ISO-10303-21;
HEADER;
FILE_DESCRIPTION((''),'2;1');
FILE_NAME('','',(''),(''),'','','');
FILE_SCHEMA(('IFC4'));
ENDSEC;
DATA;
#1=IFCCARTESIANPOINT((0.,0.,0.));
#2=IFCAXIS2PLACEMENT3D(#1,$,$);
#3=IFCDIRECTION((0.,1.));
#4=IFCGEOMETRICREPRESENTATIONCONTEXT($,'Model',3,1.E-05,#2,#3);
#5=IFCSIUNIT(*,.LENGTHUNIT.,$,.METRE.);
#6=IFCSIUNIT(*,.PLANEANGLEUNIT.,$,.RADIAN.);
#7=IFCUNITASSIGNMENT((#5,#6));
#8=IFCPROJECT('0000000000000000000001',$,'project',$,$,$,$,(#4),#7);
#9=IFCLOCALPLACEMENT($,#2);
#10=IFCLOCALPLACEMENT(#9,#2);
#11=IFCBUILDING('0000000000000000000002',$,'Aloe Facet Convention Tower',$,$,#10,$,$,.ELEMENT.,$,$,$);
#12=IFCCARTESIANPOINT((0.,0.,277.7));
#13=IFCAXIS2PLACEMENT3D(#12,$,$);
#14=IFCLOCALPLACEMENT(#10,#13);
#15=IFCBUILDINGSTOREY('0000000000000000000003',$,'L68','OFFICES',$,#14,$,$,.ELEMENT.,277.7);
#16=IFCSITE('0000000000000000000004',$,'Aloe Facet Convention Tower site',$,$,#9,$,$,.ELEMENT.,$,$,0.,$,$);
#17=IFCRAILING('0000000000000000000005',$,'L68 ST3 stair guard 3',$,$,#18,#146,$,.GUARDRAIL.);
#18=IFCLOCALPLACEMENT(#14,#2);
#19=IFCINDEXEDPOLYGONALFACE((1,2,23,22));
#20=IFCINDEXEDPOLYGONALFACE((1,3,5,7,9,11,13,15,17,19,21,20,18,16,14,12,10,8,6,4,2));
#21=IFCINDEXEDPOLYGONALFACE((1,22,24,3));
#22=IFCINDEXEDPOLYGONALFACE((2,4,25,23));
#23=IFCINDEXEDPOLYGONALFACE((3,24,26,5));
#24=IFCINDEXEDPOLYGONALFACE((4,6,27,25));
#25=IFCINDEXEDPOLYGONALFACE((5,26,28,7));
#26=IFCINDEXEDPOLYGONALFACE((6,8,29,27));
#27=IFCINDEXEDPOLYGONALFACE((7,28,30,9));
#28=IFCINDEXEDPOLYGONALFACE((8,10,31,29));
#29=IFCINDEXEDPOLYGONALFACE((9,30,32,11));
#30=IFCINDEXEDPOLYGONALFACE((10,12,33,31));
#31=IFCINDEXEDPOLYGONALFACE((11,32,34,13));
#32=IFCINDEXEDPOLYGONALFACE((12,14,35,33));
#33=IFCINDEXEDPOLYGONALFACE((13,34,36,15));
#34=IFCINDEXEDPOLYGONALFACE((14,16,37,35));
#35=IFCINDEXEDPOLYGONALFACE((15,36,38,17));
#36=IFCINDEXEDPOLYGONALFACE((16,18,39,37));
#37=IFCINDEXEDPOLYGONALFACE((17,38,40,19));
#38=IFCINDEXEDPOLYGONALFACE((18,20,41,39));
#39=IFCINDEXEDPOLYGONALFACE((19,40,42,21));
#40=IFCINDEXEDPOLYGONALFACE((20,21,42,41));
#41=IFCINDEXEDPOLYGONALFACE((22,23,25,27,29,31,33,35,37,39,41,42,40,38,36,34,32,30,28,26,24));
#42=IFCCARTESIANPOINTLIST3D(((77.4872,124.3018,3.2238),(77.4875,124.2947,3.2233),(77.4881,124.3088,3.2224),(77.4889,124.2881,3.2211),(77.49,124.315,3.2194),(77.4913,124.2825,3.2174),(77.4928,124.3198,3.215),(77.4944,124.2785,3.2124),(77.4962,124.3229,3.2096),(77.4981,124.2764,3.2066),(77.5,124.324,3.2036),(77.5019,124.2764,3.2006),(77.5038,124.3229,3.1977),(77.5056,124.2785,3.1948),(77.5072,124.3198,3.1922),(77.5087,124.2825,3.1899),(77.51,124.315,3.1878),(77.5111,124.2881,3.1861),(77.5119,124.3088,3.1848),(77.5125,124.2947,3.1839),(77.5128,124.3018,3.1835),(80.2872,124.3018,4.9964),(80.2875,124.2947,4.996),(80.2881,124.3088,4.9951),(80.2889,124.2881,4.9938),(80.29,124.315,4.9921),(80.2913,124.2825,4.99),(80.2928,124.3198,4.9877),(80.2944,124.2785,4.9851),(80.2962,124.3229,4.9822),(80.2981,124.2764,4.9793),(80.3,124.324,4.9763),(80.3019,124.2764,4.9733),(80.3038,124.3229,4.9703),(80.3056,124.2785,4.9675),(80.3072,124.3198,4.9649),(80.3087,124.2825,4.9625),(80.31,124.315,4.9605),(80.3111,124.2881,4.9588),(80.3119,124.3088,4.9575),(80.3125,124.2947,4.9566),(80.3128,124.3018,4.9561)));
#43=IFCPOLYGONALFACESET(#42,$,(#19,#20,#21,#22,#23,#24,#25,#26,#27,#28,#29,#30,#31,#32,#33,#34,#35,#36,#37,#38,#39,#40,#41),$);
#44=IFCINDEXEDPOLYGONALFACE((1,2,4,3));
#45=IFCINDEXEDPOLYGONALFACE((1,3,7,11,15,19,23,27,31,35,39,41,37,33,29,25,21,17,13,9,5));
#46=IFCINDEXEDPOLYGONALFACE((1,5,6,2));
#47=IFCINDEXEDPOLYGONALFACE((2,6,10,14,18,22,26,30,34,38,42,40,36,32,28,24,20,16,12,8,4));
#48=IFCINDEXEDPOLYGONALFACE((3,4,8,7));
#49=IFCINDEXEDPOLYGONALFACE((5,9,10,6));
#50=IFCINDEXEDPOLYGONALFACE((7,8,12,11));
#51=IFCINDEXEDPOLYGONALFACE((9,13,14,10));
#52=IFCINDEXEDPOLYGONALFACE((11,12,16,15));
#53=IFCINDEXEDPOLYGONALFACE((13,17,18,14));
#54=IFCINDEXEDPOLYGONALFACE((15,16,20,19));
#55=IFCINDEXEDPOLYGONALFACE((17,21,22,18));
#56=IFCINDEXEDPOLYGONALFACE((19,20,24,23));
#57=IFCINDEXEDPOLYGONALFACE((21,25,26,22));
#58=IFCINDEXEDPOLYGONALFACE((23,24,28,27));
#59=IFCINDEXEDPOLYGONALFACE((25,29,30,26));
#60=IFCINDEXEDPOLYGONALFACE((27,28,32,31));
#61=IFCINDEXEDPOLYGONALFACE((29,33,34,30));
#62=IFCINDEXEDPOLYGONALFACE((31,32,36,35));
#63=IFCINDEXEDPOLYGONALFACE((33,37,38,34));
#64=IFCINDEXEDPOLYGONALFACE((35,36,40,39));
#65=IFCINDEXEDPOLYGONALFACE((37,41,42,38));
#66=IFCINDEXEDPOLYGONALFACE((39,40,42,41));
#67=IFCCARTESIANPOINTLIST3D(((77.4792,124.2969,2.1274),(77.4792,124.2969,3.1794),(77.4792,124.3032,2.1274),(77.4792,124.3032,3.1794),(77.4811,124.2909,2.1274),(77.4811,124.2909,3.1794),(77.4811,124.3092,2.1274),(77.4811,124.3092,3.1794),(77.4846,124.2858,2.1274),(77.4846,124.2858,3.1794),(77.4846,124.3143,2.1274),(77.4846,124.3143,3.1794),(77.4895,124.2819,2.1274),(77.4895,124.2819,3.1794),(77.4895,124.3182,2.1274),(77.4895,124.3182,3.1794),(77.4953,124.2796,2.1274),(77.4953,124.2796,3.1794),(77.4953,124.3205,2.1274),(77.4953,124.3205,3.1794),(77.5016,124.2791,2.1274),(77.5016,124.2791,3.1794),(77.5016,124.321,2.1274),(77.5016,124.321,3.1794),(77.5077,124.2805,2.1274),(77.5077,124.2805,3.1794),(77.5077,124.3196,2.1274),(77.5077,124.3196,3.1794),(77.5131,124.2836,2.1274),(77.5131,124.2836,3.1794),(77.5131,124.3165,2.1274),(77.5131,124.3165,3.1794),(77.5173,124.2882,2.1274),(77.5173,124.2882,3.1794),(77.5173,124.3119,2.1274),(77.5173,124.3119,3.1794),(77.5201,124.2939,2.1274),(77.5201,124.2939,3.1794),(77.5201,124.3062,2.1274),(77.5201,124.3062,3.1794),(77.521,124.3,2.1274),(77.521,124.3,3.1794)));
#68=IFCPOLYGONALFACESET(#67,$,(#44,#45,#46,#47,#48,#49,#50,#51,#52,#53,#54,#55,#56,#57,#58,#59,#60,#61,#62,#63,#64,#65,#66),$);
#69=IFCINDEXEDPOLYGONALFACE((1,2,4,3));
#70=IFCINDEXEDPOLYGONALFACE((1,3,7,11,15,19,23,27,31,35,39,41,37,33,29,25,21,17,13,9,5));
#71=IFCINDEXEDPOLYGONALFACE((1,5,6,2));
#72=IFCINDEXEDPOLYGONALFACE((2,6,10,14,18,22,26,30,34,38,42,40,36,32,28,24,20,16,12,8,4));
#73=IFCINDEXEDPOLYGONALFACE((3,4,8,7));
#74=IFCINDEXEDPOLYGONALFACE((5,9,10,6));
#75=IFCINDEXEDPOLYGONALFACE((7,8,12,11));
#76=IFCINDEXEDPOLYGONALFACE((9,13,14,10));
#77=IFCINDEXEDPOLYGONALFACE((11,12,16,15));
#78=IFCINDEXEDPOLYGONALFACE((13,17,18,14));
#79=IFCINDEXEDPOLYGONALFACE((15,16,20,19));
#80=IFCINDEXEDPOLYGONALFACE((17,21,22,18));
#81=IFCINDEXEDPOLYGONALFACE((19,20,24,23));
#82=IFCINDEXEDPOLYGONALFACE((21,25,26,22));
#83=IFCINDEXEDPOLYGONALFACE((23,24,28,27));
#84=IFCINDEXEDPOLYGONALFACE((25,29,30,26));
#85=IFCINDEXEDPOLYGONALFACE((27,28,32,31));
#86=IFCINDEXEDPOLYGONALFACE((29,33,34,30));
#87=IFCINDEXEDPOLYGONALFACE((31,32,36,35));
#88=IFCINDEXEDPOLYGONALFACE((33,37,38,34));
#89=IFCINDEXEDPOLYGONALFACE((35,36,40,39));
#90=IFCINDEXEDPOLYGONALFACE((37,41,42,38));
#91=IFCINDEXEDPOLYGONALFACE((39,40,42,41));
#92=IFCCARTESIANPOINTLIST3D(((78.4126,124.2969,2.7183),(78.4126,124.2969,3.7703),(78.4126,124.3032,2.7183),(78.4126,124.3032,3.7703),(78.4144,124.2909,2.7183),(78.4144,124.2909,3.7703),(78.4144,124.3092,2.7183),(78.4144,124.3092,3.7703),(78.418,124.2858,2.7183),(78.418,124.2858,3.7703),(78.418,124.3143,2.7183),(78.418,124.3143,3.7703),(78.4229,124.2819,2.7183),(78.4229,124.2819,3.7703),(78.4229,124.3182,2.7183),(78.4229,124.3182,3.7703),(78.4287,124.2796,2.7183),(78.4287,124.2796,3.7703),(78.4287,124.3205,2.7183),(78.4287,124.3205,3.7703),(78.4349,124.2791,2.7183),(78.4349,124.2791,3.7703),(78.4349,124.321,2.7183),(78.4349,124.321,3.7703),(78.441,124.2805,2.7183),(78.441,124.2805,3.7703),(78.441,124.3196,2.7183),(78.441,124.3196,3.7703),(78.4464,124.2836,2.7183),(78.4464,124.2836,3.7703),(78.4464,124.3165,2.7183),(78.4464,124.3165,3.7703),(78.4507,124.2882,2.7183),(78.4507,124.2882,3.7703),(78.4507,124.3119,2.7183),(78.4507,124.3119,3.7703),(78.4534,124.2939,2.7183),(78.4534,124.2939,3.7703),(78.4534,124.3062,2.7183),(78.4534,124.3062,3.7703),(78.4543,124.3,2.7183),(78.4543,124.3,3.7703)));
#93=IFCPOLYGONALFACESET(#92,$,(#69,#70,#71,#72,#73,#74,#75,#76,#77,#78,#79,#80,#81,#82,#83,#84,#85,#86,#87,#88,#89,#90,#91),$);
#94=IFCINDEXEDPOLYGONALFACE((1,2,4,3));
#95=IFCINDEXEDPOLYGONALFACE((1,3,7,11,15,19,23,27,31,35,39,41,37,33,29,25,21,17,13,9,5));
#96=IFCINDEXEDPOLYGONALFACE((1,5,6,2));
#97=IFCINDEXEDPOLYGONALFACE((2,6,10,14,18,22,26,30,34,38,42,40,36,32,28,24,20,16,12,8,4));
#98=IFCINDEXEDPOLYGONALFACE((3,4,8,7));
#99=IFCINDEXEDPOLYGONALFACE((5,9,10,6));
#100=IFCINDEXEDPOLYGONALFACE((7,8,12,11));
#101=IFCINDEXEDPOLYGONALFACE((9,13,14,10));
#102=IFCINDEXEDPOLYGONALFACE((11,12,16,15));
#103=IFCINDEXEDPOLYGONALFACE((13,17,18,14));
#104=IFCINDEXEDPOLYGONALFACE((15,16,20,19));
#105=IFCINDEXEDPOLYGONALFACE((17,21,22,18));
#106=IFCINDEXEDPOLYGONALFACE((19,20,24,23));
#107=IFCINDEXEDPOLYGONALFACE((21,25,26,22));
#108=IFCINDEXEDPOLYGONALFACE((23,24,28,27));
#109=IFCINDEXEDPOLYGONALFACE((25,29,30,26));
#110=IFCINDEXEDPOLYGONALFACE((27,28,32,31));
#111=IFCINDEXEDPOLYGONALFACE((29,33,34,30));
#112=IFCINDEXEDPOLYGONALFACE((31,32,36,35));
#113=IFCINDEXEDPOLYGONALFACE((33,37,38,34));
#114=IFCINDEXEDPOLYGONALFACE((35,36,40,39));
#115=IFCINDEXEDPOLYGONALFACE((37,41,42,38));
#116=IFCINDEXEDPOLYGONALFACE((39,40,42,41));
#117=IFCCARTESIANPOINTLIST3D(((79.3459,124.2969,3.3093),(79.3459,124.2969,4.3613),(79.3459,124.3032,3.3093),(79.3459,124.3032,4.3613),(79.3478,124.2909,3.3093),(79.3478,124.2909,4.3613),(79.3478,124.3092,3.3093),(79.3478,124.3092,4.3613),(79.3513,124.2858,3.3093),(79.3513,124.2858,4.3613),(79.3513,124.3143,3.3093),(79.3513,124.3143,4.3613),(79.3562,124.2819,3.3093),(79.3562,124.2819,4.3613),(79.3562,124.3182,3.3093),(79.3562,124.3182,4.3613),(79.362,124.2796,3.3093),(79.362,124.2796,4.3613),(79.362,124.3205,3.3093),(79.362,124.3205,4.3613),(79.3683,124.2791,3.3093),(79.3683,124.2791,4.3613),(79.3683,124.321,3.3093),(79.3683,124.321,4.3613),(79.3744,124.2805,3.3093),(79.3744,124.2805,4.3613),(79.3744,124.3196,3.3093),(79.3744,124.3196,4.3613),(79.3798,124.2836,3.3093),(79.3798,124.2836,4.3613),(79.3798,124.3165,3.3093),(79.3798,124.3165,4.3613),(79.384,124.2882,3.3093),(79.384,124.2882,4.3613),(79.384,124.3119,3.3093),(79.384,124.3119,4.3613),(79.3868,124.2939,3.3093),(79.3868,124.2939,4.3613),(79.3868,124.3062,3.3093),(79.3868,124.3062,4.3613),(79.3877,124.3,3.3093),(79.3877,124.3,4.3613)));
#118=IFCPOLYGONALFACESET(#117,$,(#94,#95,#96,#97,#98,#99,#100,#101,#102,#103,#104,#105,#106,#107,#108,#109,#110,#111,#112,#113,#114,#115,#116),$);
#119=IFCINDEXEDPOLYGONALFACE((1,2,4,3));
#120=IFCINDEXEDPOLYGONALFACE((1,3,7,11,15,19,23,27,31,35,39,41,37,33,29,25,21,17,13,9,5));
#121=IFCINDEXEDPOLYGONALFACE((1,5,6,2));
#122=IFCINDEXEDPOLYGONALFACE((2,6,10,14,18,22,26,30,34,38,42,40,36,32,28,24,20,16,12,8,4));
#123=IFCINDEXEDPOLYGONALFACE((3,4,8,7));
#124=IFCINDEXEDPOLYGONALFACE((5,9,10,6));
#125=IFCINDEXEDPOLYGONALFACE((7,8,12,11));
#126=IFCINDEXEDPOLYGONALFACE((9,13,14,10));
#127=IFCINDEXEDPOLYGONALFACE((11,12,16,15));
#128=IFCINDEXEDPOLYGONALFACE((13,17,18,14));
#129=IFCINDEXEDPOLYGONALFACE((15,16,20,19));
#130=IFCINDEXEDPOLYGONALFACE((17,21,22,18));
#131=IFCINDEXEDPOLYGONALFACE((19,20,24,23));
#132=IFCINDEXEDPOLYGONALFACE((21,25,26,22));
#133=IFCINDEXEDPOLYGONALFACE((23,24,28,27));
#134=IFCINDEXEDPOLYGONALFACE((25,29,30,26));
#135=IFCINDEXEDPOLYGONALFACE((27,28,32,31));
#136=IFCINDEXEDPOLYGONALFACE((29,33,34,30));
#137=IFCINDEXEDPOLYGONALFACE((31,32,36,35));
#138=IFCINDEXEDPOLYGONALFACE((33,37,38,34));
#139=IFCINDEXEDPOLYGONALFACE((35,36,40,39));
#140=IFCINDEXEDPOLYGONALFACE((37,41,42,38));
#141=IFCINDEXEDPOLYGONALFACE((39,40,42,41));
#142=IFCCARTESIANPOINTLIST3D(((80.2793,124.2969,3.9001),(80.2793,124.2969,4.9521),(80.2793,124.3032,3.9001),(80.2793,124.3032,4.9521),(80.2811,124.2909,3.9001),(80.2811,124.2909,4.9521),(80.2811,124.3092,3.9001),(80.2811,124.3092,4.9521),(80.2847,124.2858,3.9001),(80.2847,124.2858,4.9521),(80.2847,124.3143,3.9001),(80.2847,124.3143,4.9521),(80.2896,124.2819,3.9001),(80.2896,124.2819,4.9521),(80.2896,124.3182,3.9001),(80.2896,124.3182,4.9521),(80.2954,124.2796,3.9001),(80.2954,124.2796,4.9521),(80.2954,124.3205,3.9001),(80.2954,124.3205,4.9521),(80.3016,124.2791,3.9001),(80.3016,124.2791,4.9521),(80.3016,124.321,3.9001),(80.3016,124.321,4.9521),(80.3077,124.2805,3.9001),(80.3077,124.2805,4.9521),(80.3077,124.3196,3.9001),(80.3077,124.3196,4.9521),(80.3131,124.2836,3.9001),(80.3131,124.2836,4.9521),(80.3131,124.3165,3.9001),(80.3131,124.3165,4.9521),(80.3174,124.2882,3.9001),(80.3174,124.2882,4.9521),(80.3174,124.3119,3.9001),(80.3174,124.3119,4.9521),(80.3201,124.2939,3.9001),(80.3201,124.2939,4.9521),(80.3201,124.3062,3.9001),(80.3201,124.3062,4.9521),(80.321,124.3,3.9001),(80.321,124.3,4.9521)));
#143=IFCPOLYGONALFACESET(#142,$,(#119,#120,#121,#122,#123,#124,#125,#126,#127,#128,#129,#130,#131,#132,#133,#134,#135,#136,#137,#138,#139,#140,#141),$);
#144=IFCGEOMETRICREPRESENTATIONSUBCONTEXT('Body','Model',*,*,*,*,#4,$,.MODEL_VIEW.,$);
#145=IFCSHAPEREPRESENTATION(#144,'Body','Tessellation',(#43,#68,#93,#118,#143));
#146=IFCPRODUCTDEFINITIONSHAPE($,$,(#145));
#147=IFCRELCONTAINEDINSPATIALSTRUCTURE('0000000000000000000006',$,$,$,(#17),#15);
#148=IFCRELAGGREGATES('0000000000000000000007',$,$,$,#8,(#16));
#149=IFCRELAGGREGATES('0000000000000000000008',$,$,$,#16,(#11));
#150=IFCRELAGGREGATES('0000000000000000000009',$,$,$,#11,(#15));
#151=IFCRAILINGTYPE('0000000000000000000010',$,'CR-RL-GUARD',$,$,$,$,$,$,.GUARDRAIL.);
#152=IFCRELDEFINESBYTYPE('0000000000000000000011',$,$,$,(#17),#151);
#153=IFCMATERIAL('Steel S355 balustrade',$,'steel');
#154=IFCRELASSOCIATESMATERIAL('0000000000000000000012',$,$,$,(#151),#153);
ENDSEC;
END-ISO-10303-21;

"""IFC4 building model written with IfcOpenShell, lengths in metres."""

from ifc_helpers import new_model, si_unit, direction, frame, origin, origin_2d, place, context, subcontext, project, spatial, circle, extrude, material, type_object, element, save


model = new_model("IFC4")

# Units and contexts
model_context = context("Model", 3, precision=1e-05, world=origin(), true_north=direction((0.0, 1.0)))
body_context = subcontext(model_context, "Body", "Model", "MODEL_VIEW")
ifc_project = project(units=[si_unit("LENGTHUNIT", "METRE"), si_unit("PLANEANGLEUNIT", "RADIAN")], contexts=[model_context])

# Site, building, storey
site_placement = place(None, origin())
site = spatial("IfcSite", under=ifc_project, at=site_placement, Name="Aloe Facet Convention Tower site", CompositionType="ELEMENT", RefElevation=0.0)
building_placement = place(site_placement, origin())
building = spatial("IfcBuilding", under=site, at=building_placement, Name="Aloe Facet Convention Tower", CompositionType="ELEMENT")
storey_placement = place(building_placement, frame((0.0, 0.0, 277.7)))
storey = spatial("IfcBuildingStorey", under=building, at=storey_placement, Name="L68", Description="OFFICES", CompositionType="ELEMENT", Elevation=277.7)

# Railing
ifc_material_1 = material(Name="Steel S355 balustrade", Category="steel")
railing_type_1 = type_object("IfcRailingType", Name="CR-RL-GUARD", PredefinedType="GUARDRAIL", material=ifc_material_1)
railing_1_placement = place(storey_placement, frame((77.5, 124.3, 2.1274)))
element("IfcRailing", 1, at=railing_1_placement, inside=storey, type_object=railing_type_1, Name="L68 ST3 stair guard 3", PredefinedType="GUARDRAIL", context=body_context, shape_type="SweptSolid", body=[
    extrude(circle(Radius=0.0239, at=origin_2d()), frame((0.0, 0.0, 1.0762), z_axis=(0.844909, 0.0, 0.53491), x_axis=(0.0, 1.0, 0.0)), (0.0, 0.0, 1.0), 3.314),
    extrude(circle(Radius=0.021, at=origin_2d()), origin(), (0.0, 0.0, 1.0), 1.052),
    extrude(circle(Radius=0.021, at=origin_2d()), frame((0.9333, 0.0, 0.5908)), (0.0, 0.0, 1.0), 1.052),
    extrude(circle(Radius=0.021, at=origin_2d()), frame((1.8667, 0.0, 1.1819)), (0.0, 0.0, 1.0), 1.052),
    extrude(circle(Radius=0.021, at=origin_2d()), frame((2.8, 0.0, 1.7727)), (0.0, 0.0, 1.0), 1.052),
])

save(model, "model.ifc")
